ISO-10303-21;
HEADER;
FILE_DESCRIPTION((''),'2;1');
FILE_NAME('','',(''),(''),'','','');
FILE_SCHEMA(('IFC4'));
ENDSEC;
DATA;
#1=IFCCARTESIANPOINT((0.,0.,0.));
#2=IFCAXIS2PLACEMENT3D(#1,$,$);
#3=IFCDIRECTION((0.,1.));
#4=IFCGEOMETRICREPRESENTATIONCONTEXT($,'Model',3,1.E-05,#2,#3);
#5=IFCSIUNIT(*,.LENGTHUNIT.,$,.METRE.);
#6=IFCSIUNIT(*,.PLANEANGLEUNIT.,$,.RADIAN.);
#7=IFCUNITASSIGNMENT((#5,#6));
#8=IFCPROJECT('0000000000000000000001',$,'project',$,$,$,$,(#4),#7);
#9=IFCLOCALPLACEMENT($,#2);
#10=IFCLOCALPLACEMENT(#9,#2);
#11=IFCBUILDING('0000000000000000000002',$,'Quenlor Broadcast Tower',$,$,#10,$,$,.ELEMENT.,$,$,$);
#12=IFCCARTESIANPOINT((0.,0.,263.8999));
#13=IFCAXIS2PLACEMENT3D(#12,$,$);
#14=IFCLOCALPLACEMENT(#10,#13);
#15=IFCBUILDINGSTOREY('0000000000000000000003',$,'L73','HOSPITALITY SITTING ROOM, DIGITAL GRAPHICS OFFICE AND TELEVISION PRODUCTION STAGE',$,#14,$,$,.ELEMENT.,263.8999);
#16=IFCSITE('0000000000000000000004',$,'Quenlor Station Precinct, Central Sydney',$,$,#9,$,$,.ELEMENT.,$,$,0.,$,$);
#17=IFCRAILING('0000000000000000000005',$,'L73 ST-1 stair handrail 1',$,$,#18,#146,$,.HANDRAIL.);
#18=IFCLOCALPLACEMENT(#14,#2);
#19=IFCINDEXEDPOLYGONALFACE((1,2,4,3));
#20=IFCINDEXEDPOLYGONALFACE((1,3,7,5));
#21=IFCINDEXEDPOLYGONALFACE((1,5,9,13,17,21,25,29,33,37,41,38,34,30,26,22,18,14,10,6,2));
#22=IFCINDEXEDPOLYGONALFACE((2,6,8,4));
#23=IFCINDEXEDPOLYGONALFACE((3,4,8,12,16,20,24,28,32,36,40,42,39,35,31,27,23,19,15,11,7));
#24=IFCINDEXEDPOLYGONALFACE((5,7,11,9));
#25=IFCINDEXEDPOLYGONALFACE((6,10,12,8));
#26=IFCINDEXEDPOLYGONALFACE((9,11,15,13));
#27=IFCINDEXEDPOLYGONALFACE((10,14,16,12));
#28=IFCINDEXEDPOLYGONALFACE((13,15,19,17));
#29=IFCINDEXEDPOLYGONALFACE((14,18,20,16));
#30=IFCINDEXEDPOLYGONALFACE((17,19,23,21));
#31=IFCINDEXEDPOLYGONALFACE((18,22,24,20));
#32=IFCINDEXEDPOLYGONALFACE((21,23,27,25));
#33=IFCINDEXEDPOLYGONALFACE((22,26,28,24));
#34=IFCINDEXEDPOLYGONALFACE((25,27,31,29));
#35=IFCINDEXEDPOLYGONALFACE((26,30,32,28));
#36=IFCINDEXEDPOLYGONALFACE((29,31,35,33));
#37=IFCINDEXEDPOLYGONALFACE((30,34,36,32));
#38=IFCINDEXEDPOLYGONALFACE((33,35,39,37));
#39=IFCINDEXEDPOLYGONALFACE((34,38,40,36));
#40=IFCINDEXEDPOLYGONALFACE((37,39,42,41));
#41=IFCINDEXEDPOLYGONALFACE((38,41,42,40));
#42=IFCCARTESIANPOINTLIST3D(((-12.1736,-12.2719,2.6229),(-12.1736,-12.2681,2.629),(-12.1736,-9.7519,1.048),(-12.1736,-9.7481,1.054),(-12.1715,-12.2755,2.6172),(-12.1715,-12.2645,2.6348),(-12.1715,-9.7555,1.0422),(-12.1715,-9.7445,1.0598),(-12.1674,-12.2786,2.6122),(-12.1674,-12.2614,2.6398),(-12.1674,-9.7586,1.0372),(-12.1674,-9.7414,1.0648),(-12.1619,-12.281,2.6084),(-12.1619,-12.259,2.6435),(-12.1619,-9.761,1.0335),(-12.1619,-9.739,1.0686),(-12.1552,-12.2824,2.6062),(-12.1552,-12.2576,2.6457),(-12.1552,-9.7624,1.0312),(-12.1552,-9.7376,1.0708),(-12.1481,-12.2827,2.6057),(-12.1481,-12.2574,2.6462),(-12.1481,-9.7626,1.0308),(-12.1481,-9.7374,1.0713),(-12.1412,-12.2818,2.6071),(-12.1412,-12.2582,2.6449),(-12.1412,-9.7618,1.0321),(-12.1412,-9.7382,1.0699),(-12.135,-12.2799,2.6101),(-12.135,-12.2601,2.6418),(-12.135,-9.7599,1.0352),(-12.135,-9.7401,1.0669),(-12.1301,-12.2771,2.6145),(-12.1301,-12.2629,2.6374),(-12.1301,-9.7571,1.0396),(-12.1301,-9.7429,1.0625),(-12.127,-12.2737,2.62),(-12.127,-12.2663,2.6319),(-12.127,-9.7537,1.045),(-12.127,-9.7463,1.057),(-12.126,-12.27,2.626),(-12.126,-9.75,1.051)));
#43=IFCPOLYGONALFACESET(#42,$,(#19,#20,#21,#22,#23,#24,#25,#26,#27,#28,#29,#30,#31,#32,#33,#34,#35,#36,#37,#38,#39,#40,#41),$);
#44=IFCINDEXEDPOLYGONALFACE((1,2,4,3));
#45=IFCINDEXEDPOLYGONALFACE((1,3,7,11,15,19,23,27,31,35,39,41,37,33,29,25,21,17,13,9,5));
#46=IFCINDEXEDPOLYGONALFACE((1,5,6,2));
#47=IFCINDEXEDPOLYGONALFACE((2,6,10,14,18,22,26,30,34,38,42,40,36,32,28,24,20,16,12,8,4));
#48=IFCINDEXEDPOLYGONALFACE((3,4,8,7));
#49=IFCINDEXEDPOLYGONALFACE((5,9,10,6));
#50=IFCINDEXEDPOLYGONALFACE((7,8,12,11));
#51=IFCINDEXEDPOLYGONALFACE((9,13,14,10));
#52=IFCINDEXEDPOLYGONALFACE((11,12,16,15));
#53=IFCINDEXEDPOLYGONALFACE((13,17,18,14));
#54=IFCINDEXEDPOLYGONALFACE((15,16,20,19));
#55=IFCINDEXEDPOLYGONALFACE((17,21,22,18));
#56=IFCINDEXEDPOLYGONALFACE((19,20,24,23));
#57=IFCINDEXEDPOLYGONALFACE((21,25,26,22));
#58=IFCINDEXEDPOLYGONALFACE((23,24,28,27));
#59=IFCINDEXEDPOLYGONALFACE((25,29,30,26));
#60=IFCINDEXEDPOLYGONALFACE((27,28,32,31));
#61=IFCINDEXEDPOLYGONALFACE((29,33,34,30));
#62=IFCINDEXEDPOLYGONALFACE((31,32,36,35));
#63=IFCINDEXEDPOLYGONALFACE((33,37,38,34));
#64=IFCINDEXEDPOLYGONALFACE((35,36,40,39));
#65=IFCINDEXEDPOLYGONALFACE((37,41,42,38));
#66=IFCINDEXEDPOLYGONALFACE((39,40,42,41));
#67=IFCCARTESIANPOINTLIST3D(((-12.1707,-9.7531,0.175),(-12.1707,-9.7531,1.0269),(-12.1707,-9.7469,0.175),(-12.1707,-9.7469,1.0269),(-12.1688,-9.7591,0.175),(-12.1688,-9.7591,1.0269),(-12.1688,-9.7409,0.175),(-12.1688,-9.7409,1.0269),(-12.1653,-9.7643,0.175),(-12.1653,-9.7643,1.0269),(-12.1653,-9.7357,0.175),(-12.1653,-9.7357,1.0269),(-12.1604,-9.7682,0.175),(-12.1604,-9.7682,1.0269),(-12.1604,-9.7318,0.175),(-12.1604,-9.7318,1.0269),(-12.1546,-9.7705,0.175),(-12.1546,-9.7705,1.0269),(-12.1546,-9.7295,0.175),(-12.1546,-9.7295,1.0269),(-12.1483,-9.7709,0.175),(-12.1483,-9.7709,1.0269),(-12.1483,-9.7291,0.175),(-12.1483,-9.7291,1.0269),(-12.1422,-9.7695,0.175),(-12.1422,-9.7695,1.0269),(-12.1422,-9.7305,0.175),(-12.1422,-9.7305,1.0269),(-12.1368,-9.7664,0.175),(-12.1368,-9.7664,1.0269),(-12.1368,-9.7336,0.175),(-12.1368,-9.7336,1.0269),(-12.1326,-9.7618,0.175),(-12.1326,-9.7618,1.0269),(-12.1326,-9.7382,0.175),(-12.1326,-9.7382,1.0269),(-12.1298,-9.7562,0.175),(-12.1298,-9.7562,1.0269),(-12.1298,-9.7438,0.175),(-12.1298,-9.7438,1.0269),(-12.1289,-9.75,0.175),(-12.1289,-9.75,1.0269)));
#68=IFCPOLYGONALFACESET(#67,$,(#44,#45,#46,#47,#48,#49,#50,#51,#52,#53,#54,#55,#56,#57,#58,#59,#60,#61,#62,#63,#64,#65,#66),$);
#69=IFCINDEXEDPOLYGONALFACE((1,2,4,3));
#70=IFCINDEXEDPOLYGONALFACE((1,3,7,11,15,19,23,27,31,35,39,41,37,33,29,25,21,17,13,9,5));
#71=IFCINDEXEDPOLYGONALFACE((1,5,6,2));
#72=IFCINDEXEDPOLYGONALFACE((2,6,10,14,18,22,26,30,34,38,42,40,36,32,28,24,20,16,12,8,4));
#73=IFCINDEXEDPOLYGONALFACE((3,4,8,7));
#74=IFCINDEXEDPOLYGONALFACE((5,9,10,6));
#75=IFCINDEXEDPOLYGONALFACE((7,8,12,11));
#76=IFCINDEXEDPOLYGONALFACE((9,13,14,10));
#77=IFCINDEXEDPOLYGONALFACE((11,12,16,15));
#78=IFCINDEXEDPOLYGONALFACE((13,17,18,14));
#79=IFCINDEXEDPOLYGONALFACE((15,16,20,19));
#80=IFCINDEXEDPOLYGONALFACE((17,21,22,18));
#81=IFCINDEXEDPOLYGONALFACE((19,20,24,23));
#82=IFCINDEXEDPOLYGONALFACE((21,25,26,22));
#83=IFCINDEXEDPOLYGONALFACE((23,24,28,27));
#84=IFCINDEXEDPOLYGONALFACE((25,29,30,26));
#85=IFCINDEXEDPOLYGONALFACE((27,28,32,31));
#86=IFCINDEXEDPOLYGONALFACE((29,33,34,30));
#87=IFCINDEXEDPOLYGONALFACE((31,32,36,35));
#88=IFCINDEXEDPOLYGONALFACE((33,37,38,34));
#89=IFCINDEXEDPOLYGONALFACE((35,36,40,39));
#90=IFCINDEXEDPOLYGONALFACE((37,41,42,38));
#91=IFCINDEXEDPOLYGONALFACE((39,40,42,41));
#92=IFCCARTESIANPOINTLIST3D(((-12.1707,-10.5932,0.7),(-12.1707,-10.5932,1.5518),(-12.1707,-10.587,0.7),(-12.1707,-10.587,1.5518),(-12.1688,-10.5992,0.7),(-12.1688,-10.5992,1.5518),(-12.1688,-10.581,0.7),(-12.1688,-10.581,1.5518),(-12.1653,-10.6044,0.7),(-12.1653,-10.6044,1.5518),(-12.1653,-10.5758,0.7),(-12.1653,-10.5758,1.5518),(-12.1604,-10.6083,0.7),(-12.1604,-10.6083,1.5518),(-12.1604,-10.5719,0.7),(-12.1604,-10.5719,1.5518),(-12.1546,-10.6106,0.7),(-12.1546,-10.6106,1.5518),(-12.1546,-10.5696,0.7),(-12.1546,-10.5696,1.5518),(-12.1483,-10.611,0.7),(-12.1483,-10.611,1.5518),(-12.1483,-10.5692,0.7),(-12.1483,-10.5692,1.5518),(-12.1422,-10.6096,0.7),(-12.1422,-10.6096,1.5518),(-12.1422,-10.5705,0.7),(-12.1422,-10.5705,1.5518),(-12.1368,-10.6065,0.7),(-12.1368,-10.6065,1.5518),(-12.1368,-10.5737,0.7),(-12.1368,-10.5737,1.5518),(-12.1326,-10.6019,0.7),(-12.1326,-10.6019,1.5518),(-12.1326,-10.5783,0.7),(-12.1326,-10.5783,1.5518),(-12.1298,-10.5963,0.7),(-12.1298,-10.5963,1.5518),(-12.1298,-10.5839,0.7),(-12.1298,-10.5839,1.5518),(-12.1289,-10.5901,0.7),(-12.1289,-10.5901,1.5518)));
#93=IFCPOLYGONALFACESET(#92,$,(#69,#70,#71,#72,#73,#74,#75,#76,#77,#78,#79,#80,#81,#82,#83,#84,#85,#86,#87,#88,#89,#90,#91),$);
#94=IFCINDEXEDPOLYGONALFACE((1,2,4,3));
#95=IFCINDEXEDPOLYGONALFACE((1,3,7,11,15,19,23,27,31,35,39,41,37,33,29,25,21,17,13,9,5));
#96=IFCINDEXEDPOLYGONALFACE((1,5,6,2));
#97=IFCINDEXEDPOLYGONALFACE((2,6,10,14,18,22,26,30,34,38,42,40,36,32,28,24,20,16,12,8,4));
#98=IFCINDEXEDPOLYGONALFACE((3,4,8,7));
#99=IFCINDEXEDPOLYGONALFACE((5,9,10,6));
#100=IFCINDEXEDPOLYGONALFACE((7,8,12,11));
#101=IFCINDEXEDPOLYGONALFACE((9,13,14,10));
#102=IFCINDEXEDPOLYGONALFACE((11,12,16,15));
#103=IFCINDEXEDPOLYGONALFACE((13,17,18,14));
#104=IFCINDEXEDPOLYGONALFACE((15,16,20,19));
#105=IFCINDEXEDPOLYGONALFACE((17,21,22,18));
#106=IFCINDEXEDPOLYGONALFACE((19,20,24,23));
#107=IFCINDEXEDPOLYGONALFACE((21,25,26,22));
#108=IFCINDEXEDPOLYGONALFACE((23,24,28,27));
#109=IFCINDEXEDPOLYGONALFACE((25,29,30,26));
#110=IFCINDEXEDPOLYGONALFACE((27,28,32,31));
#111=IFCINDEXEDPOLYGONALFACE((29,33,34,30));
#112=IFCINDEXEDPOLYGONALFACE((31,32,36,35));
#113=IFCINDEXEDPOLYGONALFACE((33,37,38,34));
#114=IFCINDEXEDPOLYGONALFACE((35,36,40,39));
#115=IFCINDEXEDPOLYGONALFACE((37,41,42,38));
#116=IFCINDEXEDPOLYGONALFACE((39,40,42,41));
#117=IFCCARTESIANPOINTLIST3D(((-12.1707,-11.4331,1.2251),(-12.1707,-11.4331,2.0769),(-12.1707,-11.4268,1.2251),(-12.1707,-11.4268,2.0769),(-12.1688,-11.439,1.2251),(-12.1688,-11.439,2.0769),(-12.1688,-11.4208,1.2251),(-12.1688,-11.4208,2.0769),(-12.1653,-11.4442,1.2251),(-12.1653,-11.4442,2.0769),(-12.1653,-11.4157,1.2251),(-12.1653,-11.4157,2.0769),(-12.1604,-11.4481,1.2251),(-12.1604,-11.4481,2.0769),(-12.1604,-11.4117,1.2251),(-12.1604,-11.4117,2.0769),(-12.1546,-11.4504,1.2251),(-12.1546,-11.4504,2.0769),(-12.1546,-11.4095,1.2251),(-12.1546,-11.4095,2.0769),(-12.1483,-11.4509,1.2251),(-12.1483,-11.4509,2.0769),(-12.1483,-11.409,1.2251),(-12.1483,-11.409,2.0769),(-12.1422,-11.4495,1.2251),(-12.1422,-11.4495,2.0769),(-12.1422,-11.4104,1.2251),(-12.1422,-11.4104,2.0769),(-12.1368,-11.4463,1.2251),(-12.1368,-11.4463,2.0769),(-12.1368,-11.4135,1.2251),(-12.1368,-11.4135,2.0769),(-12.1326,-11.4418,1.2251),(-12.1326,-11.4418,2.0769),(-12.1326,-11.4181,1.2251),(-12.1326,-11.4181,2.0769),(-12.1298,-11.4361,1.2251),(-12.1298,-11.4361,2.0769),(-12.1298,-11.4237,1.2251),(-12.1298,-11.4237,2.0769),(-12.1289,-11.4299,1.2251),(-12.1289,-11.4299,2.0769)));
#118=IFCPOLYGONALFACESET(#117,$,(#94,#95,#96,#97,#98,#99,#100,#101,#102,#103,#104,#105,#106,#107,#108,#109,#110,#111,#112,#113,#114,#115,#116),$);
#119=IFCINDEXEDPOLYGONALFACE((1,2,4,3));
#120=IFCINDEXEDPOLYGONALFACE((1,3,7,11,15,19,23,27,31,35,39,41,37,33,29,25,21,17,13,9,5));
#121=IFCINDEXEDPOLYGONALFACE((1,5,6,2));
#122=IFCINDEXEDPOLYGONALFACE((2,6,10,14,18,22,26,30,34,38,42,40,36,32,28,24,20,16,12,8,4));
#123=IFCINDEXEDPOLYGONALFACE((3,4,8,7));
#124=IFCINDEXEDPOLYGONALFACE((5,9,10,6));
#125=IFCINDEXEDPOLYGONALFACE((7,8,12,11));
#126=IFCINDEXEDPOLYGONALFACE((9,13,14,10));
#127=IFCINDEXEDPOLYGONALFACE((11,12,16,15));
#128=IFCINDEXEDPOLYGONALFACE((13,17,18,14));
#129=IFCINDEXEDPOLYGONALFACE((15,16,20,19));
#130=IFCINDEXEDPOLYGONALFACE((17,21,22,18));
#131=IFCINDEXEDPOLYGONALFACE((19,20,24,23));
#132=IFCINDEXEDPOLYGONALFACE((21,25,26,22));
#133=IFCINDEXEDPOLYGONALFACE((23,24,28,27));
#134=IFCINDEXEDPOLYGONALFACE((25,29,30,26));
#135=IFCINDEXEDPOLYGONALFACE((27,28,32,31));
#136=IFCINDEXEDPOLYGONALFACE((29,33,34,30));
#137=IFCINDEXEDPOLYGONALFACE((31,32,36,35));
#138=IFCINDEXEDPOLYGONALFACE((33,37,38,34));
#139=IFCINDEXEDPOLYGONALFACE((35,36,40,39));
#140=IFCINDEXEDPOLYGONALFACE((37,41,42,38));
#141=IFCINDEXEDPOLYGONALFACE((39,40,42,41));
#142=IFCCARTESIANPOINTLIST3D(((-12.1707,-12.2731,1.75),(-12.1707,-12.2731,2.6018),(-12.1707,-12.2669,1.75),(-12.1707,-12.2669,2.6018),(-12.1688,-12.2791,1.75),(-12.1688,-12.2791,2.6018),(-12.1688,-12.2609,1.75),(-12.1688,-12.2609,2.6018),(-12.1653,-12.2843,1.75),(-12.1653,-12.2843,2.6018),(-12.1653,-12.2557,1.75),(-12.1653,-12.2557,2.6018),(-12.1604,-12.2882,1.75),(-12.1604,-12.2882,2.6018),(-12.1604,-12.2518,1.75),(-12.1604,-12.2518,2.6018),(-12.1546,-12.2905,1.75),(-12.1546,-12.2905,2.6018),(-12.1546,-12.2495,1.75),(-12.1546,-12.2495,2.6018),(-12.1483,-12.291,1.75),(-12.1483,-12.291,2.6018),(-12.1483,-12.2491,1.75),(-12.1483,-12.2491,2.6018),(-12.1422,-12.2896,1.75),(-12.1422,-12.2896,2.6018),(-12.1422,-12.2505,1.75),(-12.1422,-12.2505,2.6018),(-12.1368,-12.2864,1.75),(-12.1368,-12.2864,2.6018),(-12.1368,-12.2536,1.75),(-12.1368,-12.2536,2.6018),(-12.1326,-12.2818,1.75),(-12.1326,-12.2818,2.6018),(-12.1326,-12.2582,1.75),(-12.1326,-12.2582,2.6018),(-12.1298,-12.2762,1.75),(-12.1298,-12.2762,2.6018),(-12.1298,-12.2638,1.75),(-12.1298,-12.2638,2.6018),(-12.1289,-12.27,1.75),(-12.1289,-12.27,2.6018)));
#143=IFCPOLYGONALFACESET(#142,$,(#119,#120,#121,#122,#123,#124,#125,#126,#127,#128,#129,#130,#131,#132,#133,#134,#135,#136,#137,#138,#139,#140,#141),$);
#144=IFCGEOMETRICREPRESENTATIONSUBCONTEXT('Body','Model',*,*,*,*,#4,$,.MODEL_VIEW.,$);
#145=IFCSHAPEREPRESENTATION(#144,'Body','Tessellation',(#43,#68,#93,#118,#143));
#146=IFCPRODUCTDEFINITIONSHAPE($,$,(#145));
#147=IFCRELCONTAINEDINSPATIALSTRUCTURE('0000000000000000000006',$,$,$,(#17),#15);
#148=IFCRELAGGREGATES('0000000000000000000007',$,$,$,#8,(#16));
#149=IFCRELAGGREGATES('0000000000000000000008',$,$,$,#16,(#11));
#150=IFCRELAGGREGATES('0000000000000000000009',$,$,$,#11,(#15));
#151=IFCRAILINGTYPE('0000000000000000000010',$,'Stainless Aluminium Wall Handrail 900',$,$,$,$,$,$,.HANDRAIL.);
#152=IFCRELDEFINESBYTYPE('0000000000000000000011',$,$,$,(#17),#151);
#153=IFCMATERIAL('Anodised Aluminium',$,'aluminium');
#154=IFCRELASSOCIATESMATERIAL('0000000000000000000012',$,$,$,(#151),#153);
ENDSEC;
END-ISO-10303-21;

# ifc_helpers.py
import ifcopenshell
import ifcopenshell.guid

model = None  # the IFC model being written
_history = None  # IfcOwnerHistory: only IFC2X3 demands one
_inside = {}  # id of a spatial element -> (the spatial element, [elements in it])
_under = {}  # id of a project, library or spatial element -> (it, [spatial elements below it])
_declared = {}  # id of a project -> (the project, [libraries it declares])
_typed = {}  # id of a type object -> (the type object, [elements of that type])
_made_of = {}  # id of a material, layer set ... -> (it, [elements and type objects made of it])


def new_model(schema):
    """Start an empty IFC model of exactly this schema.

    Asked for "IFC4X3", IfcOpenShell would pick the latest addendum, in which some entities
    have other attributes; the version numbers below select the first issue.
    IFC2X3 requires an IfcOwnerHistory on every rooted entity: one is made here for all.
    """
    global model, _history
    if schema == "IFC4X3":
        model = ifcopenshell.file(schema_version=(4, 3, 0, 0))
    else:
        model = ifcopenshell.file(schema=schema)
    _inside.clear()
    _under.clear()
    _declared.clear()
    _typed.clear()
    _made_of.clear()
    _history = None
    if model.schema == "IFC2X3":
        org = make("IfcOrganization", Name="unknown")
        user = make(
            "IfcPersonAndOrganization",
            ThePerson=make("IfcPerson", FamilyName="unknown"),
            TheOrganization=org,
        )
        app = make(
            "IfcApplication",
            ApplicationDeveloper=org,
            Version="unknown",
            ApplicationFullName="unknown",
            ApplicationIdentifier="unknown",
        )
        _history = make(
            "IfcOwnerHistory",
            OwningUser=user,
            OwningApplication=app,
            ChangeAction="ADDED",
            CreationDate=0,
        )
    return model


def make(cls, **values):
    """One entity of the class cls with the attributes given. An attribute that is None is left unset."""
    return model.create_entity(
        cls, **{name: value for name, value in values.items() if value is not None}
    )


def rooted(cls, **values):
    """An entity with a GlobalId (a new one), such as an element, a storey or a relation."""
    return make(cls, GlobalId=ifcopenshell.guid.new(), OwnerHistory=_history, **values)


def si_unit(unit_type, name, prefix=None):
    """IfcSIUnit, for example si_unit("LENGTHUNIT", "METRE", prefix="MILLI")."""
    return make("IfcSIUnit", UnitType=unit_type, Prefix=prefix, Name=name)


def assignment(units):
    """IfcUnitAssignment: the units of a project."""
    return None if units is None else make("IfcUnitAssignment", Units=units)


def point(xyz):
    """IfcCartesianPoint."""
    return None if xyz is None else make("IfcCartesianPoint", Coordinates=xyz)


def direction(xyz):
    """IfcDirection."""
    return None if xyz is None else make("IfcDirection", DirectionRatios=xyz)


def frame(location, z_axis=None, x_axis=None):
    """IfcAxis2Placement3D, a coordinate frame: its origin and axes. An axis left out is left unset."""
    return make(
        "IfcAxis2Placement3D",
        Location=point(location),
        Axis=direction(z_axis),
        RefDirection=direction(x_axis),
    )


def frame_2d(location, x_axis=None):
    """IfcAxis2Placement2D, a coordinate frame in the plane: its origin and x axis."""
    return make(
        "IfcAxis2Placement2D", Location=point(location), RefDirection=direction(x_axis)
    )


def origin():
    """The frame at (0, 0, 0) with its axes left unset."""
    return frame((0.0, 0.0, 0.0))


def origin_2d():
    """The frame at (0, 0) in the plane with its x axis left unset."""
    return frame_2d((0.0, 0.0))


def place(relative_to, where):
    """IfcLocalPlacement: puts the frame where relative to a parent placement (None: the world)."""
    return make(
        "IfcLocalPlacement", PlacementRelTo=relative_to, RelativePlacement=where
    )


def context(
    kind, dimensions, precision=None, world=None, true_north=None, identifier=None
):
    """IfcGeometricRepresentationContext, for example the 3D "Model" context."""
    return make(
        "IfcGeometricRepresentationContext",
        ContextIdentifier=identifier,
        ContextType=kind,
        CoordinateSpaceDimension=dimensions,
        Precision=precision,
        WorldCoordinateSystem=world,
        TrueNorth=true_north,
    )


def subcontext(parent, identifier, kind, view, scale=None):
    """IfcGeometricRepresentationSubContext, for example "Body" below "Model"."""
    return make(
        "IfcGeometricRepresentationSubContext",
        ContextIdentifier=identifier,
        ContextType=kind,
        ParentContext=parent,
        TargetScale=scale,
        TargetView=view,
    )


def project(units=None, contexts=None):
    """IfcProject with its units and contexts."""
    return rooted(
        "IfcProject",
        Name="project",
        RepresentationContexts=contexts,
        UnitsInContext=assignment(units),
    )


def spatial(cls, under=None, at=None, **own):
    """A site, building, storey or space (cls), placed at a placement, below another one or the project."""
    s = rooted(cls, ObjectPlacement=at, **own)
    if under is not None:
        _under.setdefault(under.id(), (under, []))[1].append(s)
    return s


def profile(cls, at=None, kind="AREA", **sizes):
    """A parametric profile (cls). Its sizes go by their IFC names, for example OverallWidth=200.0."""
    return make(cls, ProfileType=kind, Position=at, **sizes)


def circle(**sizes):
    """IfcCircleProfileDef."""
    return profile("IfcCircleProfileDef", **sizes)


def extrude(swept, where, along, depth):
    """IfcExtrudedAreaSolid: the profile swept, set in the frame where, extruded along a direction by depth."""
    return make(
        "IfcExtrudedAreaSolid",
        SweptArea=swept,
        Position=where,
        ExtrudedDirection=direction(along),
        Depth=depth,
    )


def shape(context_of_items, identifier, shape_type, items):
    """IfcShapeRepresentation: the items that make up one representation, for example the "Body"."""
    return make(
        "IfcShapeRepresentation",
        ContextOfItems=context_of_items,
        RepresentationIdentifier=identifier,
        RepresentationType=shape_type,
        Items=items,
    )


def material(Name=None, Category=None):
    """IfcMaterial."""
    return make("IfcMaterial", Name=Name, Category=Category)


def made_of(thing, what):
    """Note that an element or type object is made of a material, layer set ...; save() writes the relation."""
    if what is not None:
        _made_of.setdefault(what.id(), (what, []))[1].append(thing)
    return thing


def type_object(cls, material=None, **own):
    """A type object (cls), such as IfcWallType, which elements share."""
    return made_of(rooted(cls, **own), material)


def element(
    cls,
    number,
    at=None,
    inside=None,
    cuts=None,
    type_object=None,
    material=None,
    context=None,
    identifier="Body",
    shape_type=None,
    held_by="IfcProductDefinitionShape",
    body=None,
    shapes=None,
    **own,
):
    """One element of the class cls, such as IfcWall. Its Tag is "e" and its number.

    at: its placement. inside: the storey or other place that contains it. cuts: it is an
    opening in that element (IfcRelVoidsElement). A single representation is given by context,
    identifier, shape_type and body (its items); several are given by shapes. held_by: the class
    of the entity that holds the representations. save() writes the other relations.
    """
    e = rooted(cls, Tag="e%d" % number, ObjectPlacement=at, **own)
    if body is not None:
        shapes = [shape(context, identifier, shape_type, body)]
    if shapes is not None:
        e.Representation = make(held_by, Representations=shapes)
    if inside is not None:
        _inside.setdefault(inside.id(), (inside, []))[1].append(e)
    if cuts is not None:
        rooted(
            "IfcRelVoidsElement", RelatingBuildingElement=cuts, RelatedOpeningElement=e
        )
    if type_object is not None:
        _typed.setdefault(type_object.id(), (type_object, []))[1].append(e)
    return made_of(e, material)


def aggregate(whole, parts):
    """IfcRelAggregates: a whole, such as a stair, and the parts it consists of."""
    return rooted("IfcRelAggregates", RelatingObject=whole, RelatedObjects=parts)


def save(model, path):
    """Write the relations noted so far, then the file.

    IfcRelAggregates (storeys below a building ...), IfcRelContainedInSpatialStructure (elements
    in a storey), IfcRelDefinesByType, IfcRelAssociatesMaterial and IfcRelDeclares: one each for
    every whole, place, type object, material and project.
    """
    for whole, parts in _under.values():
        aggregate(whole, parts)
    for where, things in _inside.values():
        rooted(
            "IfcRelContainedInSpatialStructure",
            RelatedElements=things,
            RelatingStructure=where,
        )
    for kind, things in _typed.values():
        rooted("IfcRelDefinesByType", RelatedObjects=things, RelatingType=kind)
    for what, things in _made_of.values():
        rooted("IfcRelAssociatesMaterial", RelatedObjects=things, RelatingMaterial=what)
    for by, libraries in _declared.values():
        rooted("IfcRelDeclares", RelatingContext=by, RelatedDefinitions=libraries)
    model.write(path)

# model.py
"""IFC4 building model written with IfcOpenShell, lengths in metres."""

from ifc_helpers import new_model, si_unit, direction, frame, origin, origin_2d, place, context, subcontext, project, spatial, circle, extrude, material, type_object, element, save


model = new_model("IFC4")

# Units and contexts
model_context = context("Model", 3, precision=1e-05, world=origin(), true_north=direction((0.0, 1.0)))
body_context = subcontext(model_context, "Body", "Model", "MODEL_VIEW")
ifc_project = project(units=[si_unit("LENGTHUNIT", "METRE"), si_unit("PLANEANGLEUNIT", "RADIAN")], contexts=[model_context])

# Site, building, storey
site_placement = place(None, origin())
site = spatial("IfcSite", under=ifc_project, at=site_placement, Name="Quenlor Station Precinct, Central Sydney", CompositionType="ELEMENT", RefElevation=0.0)
building_placement = place(site_placement, origin())
building = spatial("IfcBuilding", under=site, at=building_placement, Name="Quenlor Broadcast Tower", CompositionType="ELEMENT")
storey_placement = place(building_placement, frame((0.0, 0.0, 263.8999)))
storey = spatial("IfcBuildingStorey", under=building, at=storey_placement, Name="L73", Description="HOSPITALITY SITTING ROOM, DIGITAL GRAPHICS OFFICE AND TELEVISION PRODUCTION STAGE", CompositionType="ELEMENT", Elevation=263.8999)

# Railing
ifc_material_1 = material(Name="Anodised Aluminium", Category="aluminium")
railing_type = type_object("IfcRailingType", Name="Stainless Aluminium Wall Handrail 900", PredefinedType="HANDRAIL", material=ifc_material_1)
railing_placement = place(storey_placement, frame((-12.1499, -9.75, 0.175)))
element("IfcRailing", 1, at=railing_placement, inside=storey, type_object=railing_type, Name="L73 ST-1 stair handrail 1", PredefinedType="HANDRAIL", context=body_context, shape_type="SweptSolid", body=[
    extrude(circle(Radius=0.0239, at=origin_2d()), frame((0.0, 0.0, 0.876), z_axis=(0.0, -0.848008, 0.529984), x_axis=(1.0, 0.0, 0.0)), (0.0, 0.0, 1.0), 2.9717),
    extrude(circle(Radius=0.021, at=origin_2d()), origin(), (0.0, 0.0, 1.0), 0.8518),
    extrude(circle(Radius=0.021, at=origin_2d()), frame((0.0, -0.8401, 0.5249)), (0.0, 0.0, 1.0), 0.8518),
    extrude(circle(Radius=0.021, at=origin_2d()), frame((0.0, -1.6799, 1.05)), (0.0, 0.0, 1.0), 0.8518),
    extrude(circle(Radius=0.021, at=origin_2d()), frame((0.0, -2.52, 1.575)), (0.0, 0.0, 1.0), 0.8518),
])

save(model, "model.ifc")
